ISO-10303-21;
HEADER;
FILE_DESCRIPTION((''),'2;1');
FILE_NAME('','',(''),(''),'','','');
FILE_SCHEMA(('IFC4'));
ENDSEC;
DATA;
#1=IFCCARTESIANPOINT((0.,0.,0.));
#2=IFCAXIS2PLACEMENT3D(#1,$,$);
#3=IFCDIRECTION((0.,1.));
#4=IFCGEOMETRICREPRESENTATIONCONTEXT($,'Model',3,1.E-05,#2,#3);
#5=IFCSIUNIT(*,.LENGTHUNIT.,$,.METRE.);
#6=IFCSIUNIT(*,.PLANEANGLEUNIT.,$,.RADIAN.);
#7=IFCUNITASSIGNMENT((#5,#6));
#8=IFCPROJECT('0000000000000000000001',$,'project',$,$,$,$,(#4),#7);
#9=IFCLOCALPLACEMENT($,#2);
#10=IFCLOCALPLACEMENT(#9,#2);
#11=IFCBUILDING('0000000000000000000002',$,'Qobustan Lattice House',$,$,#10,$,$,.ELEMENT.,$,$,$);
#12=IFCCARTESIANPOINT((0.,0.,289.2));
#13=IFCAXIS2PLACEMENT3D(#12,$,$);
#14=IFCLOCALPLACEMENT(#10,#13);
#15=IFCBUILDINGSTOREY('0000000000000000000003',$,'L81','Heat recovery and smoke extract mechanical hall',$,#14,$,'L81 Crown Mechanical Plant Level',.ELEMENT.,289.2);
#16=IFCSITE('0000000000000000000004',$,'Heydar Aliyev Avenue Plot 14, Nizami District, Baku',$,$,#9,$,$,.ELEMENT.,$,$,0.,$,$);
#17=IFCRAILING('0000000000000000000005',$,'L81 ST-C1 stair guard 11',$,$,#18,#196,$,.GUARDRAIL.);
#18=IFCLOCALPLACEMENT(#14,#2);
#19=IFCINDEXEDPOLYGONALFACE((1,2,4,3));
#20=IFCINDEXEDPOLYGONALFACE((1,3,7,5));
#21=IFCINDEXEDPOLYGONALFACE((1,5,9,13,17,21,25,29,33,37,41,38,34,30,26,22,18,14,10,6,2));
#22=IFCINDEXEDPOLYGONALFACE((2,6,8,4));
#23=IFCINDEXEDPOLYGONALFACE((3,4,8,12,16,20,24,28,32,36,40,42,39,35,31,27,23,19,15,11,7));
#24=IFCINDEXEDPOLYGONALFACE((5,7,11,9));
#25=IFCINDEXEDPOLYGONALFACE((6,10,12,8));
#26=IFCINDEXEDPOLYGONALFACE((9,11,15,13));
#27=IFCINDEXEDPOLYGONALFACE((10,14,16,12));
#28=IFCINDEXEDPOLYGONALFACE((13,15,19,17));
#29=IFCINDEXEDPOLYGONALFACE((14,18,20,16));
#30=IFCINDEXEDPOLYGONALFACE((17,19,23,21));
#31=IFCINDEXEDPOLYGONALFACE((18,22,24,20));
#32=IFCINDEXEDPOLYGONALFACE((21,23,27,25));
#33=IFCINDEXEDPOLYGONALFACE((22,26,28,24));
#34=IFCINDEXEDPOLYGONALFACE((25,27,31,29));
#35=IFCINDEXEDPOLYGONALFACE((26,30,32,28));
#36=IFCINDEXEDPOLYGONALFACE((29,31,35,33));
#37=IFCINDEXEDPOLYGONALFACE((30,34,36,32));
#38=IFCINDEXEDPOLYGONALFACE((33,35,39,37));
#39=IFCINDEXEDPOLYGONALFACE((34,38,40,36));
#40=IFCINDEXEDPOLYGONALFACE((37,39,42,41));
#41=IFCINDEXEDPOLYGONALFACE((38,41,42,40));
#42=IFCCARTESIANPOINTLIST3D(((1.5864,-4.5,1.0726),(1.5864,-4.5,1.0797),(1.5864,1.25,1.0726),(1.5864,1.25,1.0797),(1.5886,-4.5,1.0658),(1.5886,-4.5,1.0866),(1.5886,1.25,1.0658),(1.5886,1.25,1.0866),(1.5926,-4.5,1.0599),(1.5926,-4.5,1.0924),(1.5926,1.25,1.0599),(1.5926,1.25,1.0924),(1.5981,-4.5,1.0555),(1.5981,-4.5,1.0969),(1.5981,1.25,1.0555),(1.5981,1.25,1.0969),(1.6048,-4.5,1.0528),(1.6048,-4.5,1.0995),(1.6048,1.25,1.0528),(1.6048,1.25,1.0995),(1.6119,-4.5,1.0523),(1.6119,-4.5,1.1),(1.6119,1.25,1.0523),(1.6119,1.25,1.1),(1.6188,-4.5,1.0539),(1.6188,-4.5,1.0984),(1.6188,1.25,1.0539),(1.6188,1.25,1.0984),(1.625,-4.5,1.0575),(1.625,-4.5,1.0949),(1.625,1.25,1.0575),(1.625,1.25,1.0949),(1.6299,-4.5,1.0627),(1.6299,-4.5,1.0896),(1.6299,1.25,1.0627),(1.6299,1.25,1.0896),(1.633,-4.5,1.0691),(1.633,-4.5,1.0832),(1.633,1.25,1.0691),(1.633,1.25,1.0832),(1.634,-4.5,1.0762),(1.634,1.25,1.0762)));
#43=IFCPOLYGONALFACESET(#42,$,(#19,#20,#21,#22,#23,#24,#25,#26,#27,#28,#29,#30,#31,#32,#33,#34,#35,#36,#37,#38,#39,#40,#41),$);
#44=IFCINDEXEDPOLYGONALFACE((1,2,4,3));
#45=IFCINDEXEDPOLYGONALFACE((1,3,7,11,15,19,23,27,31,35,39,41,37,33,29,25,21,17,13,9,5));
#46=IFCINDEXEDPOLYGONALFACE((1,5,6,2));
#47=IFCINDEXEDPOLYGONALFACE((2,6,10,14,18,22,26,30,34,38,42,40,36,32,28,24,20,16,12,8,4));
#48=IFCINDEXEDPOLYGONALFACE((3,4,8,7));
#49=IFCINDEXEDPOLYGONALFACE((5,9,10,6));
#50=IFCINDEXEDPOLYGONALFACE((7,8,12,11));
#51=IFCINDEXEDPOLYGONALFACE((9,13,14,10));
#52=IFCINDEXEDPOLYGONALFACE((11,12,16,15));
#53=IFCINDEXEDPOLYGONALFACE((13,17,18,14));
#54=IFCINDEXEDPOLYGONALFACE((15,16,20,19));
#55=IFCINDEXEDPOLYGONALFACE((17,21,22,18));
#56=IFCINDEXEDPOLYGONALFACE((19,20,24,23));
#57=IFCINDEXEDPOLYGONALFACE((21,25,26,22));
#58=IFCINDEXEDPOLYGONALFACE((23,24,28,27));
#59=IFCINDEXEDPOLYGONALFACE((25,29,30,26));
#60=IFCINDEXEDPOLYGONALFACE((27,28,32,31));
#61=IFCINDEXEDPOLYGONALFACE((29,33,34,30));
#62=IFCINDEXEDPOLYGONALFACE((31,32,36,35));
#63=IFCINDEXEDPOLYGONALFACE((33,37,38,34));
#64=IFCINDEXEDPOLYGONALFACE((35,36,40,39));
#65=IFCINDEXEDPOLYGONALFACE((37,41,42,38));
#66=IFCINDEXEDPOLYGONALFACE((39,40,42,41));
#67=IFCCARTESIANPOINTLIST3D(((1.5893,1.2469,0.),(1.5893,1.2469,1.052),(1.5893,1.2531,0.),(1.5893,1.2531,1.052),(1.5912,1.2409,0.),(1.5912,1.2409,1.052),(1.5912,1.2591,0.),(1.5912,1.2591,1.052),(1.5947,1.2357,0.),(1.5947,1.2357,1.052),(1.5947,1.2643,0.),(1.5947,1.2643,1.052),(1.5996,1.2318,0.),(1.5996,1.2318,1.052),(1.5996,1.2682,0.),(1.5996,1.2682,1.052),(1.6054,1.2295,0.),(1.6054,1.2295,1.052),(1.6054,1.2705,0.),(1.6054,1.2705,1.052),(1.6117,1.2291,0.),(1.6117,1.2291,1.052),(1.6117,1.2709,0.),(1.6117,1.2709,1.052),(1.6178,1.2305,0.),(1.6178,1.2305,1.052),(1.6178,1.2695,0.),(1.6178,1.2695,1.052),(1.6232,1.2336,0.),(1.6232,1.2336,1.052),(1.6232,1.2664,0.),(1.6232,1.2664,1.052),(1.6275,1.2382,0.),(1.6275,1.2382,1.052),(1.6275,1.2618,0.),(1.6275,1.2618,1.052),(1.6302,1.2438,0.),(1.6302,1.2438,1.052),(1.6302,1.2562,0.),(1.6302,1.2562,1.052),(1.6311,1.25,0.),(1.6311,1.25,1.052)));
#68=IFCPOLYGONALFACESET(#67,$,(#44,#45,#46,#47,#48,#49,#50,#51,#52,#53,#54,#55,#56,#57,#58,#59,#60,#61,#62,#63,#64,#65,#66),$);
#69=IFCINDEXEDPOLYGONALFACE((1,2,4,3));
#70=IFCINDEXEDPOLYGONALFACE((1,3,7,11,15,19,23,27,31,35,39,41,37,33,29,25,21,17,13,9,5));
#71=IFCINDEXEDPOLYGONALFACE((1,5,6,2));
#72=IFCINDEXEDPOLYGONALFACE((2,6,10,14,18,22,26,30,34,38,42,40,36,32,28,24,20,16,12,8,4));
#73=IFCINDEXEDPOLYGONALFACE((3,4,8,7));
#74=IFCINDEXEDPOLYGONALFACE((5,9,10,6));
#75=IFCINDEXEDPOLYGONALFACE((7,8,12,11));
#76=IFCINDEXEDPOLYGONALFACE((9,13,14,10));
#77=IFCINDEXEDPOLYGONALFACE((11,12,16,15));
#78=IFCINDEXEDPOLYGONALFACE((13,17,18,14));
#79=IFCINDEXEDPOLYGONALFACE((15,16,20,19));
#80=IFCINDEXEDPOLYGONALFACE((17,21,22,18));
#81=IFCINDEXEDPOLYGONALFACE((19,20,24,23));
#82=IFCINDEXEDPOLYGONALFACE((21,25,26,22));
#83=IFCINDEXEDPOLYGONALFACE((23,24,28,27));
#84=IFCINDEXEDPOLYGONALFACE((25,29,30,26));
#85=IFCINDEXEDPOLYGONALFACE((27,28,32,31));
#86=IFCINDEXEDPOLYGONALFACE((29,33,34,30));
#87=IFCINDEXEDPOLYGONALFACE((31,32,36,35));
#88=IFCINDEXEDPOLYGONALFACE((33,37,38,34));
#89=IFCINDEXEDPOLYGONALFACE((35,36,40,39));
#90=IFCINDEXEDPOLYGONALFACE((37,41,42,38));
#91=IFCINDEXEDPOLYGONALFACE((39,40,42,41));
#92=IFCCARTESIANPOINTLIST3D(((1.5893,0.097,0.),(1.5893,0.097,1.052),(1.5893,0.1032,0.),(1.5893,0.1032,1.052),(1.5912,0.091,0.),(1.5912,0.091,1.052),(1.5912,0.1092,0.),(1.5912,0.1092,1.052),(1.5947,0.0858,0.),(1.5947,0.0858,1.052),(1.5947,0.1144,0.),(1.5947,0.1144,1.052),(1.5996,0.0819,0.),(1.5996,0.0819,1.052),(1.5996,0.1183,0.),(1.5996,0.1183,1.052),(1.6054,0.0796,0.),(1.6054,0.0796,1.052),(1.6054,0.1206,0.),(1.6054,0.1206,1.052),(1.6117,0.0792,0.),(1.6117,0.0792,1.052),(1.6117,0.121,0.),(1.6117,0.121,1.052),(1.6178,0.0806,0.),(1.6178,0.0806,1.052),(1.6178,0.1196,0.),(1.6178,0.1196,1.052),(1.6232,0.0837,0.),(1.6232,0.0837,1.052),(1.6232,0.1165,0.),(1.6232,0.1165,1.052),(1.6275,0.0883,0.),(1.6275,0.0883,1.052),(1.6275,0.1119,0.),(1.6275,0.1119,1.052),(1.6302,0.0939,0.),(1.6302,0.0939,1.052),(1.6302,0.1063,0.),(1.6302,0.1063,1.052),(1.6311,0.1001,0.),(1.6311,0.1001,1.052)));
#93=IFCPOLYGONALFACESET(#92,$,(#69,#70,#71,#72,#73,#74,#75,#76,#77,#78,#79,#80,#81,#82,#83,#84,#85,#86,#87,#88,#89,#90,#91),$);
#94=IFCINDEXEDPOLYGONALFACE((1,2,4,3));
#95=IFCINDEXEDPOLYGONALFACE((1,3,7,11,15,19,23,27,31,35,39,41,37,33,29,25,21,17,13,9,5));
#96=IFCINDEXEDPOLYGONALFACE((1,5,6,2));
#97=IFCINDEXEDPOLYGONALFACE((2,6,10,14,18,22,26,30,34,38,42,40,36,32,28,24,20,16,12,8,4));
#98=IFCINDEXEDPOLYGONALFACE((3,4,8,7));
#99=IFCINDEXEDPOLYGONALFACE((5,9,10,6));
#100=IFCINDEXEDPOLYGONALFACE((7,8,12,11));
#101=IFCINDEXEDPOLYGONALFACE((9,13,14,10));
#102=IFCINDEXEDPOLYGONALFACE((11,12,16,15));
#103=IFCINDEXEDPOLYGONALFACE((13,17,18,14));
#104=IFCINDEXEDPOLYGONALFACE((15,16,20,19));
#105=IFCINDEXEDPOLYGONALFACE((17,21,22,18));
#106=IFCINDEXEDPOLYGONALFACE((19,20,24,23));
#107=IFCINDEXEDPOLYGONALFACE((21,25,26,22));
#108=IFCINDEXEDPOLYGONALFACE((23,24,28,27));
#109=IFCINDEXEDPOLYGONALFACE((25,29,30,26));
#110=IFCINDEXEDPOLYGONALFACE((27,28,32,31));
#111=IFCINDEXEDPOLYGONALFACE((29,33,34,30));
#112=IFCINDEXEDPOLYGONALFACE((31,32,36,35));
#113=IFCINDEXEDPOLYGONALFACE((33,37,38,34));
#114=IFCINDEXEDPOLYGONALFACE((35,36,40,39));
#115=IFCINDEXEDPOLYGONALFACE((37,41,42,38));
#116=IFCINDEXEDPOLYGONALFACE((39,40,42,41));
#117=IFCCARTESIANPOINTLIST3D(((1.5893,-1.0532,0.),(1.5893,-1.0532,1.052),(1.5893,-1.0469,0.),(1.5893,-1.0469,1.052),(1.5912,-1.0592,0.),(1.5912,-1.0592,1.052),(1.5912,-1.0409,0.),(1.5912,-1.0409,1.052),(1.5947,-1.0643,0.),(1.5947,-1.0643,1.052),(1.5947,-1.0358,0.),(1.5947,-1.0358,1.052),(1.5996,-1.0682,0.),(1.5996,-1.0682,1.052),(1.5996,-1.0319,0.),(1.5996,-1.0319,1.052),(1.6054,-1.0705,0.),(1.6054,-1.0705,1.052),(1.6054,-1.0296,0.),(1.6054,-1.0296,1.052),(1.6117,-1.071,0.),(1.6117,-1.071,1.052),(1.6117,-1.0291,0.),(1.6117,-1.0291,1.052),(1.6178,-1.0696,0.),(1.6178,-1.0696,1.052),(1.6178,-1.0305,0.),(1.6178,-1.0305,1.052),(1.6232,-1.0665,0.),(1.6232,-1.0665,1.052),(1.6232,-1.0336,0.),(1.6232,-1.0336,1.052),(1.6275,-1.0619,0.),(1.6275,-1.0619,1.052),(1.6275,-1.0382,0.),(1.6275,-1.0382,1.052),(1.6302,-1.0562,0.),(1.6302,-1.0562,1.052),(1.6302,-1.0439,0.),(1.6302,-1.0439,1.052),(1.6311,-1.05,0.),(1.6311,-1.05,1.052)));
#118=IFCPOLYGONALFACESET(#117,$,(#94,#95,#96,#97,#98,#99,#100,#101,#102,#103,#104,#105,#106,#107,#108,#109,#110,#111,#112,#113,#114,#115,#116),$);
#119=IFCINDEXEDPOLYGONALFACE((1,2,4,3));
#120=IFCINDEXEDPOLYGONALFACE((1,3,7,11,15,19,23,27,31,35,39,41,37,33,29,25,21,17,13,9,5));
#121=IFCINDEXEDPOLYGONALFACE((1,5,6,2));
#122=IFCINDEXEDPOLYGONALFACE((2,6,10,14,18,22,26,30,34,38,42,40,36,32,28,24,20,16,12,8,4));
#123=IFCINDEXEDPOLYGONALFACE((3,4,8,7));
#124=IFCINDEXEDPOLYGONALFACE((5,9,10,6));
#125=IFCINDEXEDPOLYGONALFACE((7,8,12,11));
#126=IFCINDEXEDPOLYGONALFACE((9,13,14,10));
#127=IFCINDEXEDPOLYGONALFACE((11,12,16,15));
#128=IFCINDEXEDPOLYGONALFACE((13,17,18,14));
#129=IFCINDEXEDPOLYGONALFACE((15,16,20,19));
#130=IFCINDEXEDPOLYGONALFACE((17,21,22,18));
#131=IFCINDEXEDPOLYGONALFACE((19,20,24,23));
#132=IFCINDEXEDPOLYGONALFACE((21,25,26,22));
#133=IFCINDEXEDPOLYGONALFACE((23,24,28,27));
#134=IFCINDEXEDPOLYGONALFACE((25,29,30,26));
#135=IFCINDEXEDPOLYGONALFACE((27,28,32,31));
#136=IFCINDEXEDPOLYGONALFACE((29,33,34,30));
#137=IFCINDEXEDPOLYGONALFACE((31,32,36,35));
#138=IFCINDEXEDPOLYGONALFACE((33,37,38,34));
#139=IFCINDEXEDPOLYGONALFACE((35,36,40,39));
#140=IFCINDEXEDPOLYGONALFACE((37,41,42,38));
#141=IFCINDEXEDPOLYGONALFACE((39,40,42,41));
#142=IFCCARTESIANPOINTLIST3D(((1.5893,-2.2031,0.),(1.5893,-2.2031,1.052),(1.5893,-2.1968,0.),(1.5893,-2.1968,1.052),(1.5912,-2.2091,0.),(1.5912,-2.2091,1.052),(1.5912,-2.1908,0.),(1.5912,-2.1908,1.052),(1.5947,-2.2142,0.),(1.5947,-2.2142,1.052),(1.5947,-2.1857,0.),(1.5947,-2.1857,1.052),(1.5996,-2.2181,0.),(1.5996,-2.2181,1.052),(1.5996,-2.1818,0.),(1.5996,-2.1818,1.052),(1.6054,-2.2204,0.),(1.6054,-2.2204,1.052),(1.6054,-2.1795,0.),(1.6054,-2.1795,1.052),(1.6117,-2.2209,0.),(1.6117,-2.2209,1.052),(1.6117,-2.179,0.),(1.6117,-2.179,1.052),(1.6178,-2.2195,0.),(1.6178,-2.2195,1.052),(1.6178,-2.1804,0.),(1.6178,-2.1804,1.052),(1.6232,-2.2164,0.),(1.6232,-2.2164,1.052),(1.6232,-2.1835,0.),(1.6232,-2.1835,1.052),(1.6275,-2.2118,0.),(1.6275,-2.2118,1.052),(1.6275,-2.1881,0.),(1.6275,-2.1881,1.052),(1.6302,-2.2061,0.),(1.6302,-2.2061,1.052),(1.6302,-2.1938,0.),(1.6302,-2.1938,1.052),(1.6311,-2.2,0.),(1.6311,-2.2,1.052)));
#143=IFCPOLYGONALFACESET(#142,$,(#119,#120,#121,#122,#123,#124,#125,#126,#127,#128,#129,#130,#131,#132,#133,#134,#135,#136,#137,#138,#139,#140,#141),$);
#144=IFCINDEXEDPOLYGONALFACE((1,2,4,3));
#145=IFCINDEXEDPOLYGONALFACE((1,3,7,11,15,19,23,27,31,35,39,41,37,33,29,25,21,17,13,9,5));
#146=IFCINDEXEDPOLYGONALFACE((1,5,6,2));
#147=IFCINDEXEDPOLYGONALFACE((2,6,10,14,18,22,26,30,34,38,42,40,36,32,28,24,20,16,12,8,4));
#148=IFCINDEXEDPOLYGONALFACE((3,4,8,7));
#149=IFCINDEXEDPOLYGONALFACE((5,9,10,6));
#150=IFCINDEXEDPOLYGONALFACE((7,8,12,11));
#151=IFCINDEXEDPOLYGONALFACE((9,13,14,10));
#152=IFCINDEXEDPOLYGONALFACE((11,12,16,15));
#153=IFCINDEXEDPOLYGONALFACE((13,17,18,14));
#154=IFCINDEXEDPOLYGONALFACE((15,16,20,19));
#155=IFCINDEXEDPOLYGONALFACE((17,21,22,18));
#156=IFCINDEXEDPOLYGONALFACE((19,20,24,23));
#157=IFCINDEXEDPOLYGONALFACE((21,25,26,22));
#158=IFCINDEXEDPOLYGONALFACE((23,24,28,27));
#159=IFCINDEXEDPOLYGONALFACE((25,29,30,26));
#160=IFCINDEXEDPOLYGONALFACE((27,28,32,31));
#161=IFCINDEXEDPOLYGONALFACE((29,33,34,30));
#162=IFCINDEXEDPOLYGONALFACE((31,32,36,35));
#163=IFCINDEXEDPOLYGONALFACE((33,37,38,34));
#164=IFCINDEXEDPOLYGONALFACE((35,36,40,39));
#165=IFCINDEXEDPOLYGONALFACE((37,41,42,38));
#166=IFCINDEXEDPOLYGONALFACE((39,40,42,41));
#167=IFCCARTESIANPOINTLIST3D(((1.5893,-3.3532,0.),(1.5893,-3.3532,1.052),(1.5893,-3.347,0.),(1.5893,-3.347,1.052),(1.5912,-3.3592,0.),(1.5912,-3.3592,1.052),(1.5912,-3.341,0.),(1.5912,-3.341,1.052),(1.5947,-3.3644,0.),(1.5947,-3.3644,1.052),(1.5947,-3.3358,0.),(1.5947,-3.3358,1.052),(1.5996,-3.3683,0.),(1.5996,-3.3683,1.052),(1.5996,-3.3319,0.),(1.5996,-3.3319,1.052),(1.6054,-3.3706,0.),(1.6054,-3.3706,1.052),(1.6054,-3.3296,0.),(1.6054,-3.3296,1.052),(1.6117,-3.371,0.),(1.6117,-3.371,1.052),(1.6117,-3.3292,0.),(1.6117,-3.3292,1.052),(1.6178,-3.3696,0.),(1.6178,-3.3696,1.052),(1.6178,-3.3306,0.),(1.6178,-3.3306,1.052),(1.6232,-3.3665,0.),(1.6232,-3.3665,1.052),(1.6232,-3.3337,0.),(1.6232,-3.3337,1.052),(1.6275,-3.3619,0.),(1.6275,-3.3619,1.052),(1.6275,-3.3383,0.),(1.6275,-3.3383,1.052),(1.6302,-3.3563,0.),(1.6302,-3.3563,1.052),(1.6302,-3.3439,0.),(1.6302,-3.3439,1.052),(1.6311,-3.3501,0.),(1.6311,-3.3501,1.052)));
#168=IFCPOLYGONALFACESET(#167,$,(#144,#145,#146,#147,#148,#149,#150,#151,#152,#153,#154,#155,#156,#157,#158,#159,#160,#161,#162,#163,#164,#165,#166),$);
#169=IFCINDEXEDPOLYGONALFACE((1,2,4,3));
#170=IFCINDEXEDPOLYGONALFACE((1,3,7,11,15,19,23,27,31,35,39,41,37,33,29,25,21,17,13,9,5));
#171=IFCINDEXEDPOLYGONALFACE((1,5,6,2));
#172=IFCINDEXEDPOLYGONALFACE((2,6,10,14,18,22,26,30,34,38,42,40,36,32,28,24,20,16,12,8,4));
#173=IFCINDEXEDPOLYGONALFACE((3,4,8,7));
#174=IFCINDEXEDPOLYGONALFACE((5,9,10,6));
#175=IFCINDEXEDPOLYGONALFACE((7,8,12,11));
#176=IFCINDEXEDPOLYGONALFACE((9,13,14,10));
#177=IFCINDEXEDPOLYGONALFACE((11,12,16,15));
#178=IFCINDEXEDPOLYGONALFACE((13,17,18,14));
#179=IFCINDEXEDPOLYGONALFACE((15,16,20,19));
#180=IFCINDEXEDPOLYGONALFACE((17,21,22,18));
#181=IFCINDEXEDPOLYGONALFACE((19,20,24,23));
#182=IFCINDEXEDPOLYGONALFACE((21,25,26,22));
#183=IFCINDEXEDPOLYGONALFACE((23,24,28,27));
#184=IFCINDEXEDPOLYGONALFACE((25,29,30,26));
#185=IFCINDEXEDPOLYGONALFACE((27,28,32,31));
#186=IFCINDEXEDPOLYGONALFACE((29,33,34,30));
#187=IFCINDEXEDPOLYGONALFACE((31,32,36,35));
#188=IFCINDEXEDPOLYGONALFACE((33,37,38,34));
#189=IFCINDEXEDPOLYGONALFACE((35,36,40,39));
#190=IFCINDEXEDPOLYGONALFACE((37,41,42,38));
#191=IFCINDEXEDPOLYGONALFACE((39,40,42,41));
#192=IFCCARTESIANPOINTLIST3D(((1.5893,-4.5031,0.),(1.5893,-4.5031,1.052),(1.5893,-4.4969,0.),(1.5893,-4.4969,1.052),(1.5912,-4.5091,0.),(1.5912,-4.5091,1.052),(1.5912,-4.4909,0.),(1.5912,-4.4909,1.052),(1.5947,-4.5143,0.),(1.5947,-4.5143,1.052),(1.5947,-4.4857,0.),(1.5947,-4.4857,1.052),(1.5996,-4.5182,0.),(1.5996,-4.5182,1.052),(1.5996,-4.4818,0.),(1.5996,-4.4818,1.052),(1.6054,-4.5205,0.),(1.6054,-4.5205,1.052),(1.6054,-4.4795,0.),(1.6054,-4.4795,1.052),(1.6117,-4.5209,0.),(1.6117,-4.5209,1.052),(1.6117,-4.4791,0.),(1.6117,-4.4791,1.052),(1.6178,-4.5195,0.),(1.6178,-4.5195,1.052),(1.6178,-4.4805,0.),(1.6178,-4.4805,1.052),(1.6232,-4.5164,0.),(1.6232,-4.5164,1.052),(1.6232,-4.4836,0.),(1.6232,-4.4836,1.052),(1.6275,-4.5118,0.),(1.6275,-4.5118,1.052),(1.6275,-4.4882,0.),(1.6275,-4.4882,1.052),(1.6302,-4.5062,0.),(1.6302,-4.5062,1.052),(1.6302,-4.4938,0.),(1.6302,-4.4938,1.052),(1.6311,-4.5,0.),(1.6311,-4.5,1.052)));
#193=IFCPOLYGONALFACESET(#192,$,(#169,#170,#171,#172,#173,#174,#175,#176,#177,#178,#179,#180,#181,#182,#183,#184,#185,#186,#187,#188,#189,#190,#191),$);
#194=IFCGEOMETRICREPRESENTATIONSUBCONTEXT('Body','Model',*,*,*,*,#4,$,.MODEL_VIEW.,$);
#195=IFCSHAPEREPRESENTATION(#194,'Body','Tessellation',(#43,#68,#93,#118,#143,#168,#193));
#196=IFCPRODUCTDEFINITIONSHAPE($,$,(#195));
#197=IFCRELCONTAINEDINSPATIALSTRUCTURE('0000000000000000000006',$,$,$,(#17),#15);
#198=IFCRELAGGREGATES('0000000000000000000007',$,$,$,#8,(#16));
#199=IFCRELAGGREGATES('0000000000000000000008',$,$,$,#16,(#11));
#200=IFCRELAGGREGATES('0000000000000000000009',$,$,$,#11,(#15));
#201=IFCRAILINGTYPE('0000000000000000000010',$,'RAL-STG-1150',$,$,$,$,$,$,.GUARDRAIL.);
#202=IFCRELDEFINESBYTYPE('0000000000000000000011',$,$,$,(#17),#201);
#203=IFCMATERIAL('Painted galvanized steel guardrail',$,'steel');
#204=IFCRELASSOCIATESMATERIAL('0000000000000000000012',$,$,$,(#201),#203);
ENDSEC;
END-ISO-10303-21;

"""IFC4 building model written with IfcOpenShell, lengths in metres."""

from ifc_helpers import new_model, si_unit, direction, frame, origin, origin_2d, place, context, subcontext, project, spatial, circle, extrude, material, type_object, element, save


model = new_model("IFC4")

# Units and contexts
model_context = context("Model", 3, precision=1e-05, world=origin(), true_north=direction((0.0, 1.0)))
body_context = subcontext(model_context, "Body", "Model", "MODEL_VIEW")
ifc_project = project(units=[si_unit("LENGTHUNIT", "METRE"), si_unit("PLANEANGLEUNIT", "RADIAN")], contexts=[model_context])

# Site, building, storey
site_placement = place(None, origin())
site = spatial("IfcSite", under=ifc_project, at=site_placement, Name="Heydar Aliyev Avenue Plot 14, Nizami District, Baku", CompositionType="ELEMENT", RefElevation=0.0)
building_placement = place(site_placement, origin())
building = spatial("IfcBuilding", under=site, at=building_placement, Name="Qobustan Lattice House", CompositionType="ELEMENT")
storey_placement = place(building_placement, frame((0.0, 0.0, 289.2)))
storey = spatial("IfcBuildingStorey", under=building, at=storey_placement, Name="L81", Description="Heat recovery and smoke extract mechanical hall", LongName="L81 Crown Mechanical Plant Level", CompositionType="ELEMENT", Elevation=289.2)

# Railing
ifc_material_1 = material(Name="Painted galvanized steel guardrail", Category="steel")
railing_type = type_object("IfcRailingType", Name="RAL-STG-1150", PredefinedType="GUARDRAIL", material=ifc_material_1)
railing_1_placement = place(storey_placement, frame((1.6101, 1.25, 0.0)))
element("IfcRailing", 1, at=railing_1_placement, inside=storey, type_object=railing_type, Name="L81 ST-C1 stair guard 11", PredefinedType="GUARDRAIL", context=body_context, shape_type="SweptSolid", body=[
    extrude(circle(Radius=0.0239, at=origin_2d()), frame((0.0, 0.0, 1.0762), z_axis=(0.0, -1.0, 0.0), x_axis=(1.0, 0.0, 0.0)), (0.0, 0.0, 1.0), 5.75),
    extrude(circle(Radius=0.021, at=origin_2d()), origin(), (0.0, 0.0, 1.0), 1.052),
    extrude(circle(Radius=0.021, at=origin_2d()), frame((0.0, -1.1499, 0.0)), (0.0, 0.0, 1.0), 1.052),
    extrude(circle(Radius=0.021, at=origin_2d()), frame((0.0, -2.3, 0.0)), (0.0, 0.0, 1.0), 1.052),
    extrude(circle(Radius=0.021, at=origin_2d()), frame((0.0, -3.45, 0.0)), (0.0, 0.0, 1.0), 1.052),
    extrude(circle(Radius=0.021, at=origin_2d()), frame((0.0, -4.6001, 0.0)), (0.0, 0.0, 1.0), 1.052),
    extrude(circle(Radius=0.021, at=origin_2d()), frame((0.0, -5.75, 0.0)), (0.0, 0.0, 1.0), 1.052),
])

save(model, "model.ifc")
